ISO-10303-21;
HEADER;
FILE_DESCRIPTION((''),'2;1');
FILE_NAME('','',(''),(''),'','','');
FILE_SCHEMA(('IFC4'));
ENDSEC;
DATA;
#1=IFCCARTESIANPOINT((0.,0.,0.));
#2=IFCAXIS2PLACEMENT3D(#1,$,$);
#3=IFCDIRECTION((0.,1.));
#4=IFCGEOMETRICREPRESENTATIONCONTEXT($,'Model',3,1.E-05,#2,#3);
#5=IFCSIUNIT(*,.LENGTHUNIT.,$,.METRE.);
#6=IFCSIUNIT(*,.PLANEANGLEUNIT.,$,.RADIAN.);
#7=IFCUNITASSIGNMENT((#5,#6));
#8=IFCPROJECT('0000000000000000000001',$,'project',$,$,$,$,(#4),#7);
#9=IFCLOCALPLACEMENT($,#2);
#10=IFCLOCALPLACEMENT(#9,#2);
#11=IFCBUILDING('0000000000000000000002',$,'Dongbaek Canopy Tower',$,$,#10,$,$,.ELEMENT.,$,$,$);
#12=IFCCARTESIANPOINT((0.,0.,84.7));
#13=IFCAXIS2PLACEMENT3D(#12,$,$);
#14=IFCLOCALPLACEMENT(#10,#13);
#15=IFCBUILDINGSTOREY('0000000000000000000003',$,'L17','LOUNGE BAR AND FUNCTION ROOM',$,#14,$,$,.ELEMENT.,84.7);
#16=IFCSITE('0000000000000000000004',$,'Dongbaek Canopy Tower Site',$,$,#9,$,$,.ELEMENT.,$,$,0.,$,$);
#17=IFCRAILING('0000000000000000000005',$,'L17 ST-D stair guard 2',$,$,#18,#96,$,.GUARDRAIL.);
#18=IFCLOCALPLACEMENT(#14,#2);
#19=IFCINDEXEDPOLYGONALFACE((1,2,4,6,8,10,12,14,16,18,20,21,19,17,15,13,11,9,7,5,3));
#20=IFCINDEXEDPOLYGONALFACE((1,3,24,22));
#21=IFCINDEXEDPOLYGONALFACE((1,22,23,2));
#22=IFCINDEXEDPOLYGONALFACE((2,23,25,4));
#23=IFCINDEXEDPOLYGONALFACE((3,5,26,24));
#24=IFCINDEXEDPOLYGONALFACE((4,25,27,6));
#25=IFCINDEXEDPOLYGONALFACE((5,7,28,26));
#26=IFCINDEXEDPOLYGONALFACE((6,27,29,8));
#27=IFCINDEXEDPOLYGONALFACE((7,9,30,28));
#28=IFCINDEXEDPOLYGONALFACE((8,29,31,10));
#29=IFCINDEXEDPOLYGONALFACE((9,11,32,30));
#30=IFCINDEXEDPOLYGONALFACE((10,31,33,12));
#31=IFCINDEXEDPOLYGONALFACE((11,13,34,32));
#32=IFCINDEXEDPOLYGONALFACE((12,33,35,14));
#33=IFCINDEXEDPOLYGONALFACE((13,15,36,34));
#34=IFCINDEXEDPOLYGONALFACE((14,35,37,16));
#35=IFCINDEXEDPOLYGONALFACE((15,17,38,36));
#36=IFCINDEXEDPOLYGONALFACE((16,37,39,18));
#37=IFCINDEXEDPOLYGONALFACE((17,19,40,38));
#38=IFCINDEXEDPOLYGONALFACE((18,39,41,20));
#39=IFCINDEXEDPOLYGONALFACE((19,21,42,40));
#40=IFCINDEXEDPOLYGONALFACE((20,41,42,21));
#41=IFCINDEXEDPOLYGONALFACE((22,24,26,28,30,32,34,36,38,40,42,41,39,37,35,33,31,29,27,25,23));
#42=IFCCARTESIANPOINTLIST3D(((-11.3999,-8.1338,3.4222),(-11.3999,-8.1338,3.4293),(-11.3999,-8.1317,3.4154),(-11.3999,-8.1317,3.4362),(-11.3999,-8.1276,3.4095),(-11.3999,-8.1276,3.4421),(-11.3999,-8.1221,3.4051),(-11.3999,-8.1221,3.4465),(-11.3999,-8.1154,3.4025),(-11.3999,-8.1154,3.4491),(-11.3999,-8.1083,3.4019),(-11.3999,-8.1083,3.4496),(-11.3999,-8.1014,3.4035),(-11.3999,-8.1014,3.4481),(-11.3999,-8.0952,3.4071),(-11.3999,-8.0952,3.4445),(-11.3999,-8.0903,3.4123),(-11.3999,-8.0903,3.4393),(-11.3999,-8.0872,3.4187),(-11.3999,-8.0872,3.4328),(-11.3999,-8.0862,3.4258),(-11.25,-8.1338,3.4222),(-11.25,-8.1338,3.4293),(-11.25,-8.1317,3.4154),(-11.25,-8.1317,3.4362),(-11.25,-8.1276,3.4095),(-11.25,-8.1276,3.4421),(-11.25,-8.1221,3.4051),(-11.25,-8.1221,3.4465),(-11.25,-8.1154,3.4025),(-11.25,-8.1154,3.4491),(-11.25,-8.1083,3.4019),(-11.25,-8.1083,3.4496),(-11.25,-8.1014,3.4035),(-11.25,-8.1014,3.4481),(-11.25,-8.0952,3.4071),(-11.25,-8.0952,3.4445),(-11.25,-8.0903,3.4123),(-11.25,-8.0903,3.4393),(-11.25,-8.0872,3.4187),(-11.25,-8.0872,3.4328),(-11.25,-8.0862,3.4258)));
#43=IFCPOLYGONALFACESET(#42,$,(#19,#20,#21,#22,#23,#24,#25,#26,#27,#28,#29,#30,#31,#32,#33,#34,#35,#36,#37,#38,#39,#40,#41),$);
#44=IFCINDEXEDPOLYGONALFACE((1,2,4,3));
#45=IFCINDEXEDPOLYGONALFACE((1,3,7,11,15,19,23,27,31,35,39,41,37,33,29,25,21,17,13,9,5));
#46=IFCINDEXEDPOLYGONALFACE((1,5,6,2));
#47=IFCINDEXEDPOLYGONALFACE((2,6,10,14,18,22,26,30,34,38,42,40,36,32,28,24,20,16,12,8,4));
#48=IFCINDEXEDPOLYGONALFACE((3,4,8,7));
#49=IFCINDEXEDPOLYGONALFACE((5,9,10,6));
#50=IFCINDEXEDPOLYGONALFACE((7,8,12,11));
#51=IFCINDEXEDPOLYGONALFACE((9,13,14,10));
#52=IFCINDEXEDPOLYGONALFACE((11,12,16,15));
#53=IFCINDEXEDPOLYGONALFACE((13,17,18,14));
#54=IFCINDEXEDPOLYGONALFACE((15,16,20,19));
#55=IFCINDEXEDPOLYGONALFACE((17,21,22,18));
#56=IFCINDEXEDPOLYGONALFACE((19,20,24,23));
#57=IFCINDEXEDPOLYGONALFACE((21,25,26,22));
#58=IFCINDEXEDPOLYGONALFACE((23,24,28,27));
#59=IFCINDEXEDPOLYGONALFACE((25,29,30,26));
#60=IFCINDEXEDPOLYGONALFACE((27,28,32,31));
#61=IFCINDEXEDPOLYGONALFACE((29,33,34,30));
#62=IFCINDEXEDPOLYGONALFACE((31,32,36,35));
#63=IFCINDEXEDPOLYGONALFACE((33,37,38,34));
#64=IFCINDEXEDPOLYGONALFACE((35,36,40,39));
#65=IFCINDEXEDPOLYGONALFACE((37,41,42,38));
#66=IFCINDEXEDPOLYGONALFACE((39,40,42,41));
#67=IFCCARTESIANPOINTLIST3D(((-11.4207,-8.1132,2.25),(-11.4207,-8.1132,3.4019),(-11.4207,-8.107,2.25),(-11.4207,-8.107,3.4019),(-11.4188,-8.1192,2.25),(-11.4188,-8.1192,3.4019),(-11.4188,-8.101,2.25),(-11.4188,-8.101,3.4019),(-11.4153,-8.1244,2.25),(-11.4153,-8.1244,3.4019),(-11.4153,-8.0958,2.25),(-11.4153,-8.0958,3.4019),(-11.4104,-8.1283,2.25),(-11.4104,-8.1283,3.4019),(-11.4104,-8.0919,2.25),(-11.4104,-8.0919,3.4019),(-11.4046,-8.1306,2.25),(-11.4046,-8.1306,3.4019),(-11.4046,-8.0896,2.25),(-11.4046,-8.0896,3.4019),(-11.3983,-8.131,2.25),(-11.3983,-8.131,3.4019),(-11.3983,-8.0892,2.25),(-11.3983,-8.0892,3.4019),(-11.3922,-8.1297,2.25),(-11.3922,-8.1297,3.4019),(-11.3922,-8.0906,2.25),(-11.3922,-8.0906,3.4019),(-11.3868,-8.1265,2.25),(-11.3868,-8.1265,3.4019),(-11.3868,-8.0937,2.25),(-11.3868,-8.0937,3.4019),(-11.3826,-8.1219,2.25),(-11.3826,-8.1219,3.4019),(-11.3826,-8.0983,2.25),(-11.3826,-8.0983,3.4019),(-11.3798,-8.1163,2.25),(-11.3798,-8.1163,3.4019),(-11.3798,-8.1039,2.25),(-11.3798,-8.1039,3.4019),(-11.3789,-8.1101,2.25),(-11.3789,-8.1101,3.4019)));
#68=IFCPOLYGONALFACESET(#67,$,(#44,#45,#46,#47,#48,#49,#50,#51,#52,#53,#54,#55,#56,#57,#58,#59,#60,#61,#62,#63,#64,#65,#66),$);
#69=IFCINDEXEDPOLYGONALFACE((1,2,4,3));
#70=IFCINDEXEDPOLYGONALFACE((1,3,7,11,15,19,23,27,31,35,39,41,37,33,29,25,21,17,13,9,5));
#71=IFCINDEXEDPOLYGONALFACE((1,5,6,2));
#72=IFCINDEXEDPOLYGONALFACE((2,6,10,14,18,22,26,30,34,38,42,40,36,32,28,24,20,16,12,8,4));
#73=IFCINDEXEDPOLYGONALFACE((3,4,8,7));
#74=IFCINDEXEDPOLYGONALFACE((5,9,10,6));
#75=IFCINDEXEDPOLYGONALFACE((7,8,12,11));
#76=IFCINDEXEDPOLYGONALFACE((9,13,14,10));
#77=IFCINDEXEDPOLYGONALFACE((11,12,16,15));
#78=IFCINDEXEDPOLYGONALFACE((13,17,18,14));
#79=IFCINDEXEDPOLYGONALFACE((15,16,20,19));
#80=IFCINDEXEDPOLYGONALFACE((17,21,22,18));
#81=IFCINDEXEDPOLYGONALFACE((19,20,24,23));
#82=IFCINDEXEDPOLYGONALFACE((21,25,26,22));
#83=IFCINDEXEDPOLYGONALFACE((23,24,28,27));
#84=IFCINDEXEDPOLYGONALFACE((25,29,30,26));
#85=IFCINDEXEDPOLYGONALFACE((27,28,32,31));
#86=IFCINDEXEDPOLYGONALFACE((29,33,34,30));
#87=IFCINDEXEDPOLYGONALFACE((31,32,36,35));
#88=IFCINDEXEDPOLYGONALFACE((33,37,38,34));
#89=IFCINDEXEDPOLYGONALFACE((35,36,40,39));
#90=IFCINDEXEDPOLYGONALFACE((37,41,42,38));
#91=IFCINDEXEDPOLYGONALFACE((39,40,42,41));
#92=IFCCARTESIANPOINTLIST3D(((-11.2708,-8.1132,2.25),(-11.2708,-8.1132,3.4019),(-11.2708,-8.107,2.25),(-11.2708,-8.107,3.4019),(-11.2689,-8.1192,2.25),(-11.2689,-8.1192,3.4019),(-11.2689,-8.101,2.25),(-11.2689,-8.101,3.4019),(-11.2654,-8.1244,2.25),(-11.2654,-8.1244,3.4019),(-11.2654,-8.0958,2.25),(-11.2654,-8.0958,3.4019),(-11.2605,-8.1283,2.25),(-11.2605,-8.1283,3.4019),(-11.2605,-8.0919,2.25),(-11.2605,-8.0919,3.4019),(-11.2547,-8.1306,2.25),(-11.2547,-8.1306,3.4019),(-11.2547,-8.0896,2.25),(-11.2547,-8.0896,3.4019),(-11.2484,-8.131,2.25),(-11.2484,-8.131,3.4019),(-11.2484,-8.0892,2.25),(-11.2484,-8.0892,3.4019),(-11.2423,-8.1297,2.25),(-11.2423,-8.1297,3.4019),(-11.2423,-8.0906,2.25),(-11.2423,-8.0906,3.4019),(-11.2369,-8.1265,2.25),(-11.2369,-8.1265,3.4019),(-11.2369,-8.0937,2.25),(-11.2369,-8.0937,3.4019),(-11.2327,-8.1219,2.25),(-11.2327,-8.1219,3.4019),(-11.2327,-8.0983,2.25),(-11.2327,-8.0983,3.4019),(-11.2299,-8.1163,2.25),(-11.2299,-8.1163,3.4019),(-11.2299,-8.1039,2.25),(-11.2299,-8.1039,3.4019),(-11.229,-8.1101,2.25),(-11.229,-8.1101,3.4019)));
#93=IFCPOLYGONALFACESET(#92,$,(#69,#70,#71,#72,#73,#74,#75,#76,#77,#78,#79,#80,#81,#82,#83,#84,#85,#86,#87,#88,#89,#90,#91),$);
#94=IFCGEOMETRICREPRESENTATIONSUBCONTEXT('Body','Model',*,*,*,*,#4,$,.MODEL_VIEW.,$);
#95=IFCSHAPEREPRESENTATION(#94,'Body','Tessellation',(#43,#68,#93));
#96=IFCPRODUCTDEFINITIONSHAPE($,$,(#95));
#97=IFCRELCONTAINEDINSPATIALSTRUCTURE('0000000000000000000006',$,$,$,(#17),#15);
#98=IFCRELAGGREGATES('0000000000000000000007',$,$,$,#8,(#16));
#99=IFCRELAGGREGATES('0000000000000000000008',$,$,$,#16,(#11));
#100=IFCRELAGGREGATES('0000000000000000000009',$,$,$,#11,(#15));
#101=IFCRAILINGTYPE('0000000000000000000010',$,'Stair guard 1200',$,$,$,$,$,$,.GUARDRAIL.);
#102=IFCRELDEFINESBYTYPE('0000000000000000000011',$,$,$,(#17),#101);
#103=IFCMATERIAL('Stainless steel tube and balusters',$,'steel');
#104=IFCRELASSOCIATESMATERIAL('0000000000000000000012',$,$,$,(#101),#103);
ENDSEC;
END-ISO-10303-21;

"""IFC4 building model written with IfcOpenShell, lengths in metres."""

from ifc_helpers import new_model, si_unit, direction, frame, origin, origin_2d, place, context, subcontext, project, spatial, circle, extrude, material, type_object, element, save


model = new_model("IFC4")

# Units and contexts
model_context = context("Model", 3, precision=1e-05, world=origin(), true_north=direction((0.0, 1.0)))
body_context = subcontext(model_context, "Body", "Model", "MODEL_VIEW")
ifc_project = project(units=[si_unit("LENGTHUNIT", "METRE"), si_unit("PLANEANGLEUNIT", "RADIAN")], contexts=[model_context])

# Site, building, storey
site_placement = place(None, origin())
site = spatial("IfcSite", under=ifc_project, at=site_placement, Name="Dongbaek Canopy Tower Site", CompositionType="ELEMENT", RefElevation=0.0)
building_placement = place(site_placement, origin())
building = spatial("IfcBuilding", under=site, at=building_placement, Name="Dongbaek Canopy Tower", CompositionType="ELEMENT")
storey_placement = place(building_placement, frame((0.0, 0.0, 84.7)))
storey = spatial("IfcBuildingStorey", under=building, at=storey_placement, Name="L17", Description="LOUNGE BAR AND FUNCTION ROOM", CompositionType="ELEMENT", Elevation=84.7)

# Railing
ifc_material_1 = material(Name="Stainless steel tube and balusters", Category="steel")
railing_type_1 = type_object("IfcRailingType", Name="Stair guard 1200", PredefinedType="GUARDRAIL", material=ifc_material_1)
railing_1_placement = place(storey_placement, frame((-11.3999, -8.1101, 2.25)))
element("IfcRailing", 1, at=railing_1_placement, inside=storey, type_object=railing_type_1, Name="L17 ST-D stair guard 2", PredefinedType="GUARDRAIL", context=body_context, shape_type="SweptSolid", body=[
    extrude(circle(Radius=0.0239, at=origin_2d()), frame((0.0, 0.0, 1.1758), z_axis=(1.0, 0.0, 0.0), x_axis=(0.0, 1.0, 0.0)), (0.0, 0.0, 1.0), 0.1499),
    extrude(circle(Radius=0.021, at=origin_2d()), origin(), (0.0, 0.0, 1.0), 1.1519),
    extrude(circle(Radius=0.021, at=origin_2d()), frame((0.1499, 0.0, 0.0)), (0.0, 0.0, 1.0), 1.1519),
])

save(model, "model.ifc")
